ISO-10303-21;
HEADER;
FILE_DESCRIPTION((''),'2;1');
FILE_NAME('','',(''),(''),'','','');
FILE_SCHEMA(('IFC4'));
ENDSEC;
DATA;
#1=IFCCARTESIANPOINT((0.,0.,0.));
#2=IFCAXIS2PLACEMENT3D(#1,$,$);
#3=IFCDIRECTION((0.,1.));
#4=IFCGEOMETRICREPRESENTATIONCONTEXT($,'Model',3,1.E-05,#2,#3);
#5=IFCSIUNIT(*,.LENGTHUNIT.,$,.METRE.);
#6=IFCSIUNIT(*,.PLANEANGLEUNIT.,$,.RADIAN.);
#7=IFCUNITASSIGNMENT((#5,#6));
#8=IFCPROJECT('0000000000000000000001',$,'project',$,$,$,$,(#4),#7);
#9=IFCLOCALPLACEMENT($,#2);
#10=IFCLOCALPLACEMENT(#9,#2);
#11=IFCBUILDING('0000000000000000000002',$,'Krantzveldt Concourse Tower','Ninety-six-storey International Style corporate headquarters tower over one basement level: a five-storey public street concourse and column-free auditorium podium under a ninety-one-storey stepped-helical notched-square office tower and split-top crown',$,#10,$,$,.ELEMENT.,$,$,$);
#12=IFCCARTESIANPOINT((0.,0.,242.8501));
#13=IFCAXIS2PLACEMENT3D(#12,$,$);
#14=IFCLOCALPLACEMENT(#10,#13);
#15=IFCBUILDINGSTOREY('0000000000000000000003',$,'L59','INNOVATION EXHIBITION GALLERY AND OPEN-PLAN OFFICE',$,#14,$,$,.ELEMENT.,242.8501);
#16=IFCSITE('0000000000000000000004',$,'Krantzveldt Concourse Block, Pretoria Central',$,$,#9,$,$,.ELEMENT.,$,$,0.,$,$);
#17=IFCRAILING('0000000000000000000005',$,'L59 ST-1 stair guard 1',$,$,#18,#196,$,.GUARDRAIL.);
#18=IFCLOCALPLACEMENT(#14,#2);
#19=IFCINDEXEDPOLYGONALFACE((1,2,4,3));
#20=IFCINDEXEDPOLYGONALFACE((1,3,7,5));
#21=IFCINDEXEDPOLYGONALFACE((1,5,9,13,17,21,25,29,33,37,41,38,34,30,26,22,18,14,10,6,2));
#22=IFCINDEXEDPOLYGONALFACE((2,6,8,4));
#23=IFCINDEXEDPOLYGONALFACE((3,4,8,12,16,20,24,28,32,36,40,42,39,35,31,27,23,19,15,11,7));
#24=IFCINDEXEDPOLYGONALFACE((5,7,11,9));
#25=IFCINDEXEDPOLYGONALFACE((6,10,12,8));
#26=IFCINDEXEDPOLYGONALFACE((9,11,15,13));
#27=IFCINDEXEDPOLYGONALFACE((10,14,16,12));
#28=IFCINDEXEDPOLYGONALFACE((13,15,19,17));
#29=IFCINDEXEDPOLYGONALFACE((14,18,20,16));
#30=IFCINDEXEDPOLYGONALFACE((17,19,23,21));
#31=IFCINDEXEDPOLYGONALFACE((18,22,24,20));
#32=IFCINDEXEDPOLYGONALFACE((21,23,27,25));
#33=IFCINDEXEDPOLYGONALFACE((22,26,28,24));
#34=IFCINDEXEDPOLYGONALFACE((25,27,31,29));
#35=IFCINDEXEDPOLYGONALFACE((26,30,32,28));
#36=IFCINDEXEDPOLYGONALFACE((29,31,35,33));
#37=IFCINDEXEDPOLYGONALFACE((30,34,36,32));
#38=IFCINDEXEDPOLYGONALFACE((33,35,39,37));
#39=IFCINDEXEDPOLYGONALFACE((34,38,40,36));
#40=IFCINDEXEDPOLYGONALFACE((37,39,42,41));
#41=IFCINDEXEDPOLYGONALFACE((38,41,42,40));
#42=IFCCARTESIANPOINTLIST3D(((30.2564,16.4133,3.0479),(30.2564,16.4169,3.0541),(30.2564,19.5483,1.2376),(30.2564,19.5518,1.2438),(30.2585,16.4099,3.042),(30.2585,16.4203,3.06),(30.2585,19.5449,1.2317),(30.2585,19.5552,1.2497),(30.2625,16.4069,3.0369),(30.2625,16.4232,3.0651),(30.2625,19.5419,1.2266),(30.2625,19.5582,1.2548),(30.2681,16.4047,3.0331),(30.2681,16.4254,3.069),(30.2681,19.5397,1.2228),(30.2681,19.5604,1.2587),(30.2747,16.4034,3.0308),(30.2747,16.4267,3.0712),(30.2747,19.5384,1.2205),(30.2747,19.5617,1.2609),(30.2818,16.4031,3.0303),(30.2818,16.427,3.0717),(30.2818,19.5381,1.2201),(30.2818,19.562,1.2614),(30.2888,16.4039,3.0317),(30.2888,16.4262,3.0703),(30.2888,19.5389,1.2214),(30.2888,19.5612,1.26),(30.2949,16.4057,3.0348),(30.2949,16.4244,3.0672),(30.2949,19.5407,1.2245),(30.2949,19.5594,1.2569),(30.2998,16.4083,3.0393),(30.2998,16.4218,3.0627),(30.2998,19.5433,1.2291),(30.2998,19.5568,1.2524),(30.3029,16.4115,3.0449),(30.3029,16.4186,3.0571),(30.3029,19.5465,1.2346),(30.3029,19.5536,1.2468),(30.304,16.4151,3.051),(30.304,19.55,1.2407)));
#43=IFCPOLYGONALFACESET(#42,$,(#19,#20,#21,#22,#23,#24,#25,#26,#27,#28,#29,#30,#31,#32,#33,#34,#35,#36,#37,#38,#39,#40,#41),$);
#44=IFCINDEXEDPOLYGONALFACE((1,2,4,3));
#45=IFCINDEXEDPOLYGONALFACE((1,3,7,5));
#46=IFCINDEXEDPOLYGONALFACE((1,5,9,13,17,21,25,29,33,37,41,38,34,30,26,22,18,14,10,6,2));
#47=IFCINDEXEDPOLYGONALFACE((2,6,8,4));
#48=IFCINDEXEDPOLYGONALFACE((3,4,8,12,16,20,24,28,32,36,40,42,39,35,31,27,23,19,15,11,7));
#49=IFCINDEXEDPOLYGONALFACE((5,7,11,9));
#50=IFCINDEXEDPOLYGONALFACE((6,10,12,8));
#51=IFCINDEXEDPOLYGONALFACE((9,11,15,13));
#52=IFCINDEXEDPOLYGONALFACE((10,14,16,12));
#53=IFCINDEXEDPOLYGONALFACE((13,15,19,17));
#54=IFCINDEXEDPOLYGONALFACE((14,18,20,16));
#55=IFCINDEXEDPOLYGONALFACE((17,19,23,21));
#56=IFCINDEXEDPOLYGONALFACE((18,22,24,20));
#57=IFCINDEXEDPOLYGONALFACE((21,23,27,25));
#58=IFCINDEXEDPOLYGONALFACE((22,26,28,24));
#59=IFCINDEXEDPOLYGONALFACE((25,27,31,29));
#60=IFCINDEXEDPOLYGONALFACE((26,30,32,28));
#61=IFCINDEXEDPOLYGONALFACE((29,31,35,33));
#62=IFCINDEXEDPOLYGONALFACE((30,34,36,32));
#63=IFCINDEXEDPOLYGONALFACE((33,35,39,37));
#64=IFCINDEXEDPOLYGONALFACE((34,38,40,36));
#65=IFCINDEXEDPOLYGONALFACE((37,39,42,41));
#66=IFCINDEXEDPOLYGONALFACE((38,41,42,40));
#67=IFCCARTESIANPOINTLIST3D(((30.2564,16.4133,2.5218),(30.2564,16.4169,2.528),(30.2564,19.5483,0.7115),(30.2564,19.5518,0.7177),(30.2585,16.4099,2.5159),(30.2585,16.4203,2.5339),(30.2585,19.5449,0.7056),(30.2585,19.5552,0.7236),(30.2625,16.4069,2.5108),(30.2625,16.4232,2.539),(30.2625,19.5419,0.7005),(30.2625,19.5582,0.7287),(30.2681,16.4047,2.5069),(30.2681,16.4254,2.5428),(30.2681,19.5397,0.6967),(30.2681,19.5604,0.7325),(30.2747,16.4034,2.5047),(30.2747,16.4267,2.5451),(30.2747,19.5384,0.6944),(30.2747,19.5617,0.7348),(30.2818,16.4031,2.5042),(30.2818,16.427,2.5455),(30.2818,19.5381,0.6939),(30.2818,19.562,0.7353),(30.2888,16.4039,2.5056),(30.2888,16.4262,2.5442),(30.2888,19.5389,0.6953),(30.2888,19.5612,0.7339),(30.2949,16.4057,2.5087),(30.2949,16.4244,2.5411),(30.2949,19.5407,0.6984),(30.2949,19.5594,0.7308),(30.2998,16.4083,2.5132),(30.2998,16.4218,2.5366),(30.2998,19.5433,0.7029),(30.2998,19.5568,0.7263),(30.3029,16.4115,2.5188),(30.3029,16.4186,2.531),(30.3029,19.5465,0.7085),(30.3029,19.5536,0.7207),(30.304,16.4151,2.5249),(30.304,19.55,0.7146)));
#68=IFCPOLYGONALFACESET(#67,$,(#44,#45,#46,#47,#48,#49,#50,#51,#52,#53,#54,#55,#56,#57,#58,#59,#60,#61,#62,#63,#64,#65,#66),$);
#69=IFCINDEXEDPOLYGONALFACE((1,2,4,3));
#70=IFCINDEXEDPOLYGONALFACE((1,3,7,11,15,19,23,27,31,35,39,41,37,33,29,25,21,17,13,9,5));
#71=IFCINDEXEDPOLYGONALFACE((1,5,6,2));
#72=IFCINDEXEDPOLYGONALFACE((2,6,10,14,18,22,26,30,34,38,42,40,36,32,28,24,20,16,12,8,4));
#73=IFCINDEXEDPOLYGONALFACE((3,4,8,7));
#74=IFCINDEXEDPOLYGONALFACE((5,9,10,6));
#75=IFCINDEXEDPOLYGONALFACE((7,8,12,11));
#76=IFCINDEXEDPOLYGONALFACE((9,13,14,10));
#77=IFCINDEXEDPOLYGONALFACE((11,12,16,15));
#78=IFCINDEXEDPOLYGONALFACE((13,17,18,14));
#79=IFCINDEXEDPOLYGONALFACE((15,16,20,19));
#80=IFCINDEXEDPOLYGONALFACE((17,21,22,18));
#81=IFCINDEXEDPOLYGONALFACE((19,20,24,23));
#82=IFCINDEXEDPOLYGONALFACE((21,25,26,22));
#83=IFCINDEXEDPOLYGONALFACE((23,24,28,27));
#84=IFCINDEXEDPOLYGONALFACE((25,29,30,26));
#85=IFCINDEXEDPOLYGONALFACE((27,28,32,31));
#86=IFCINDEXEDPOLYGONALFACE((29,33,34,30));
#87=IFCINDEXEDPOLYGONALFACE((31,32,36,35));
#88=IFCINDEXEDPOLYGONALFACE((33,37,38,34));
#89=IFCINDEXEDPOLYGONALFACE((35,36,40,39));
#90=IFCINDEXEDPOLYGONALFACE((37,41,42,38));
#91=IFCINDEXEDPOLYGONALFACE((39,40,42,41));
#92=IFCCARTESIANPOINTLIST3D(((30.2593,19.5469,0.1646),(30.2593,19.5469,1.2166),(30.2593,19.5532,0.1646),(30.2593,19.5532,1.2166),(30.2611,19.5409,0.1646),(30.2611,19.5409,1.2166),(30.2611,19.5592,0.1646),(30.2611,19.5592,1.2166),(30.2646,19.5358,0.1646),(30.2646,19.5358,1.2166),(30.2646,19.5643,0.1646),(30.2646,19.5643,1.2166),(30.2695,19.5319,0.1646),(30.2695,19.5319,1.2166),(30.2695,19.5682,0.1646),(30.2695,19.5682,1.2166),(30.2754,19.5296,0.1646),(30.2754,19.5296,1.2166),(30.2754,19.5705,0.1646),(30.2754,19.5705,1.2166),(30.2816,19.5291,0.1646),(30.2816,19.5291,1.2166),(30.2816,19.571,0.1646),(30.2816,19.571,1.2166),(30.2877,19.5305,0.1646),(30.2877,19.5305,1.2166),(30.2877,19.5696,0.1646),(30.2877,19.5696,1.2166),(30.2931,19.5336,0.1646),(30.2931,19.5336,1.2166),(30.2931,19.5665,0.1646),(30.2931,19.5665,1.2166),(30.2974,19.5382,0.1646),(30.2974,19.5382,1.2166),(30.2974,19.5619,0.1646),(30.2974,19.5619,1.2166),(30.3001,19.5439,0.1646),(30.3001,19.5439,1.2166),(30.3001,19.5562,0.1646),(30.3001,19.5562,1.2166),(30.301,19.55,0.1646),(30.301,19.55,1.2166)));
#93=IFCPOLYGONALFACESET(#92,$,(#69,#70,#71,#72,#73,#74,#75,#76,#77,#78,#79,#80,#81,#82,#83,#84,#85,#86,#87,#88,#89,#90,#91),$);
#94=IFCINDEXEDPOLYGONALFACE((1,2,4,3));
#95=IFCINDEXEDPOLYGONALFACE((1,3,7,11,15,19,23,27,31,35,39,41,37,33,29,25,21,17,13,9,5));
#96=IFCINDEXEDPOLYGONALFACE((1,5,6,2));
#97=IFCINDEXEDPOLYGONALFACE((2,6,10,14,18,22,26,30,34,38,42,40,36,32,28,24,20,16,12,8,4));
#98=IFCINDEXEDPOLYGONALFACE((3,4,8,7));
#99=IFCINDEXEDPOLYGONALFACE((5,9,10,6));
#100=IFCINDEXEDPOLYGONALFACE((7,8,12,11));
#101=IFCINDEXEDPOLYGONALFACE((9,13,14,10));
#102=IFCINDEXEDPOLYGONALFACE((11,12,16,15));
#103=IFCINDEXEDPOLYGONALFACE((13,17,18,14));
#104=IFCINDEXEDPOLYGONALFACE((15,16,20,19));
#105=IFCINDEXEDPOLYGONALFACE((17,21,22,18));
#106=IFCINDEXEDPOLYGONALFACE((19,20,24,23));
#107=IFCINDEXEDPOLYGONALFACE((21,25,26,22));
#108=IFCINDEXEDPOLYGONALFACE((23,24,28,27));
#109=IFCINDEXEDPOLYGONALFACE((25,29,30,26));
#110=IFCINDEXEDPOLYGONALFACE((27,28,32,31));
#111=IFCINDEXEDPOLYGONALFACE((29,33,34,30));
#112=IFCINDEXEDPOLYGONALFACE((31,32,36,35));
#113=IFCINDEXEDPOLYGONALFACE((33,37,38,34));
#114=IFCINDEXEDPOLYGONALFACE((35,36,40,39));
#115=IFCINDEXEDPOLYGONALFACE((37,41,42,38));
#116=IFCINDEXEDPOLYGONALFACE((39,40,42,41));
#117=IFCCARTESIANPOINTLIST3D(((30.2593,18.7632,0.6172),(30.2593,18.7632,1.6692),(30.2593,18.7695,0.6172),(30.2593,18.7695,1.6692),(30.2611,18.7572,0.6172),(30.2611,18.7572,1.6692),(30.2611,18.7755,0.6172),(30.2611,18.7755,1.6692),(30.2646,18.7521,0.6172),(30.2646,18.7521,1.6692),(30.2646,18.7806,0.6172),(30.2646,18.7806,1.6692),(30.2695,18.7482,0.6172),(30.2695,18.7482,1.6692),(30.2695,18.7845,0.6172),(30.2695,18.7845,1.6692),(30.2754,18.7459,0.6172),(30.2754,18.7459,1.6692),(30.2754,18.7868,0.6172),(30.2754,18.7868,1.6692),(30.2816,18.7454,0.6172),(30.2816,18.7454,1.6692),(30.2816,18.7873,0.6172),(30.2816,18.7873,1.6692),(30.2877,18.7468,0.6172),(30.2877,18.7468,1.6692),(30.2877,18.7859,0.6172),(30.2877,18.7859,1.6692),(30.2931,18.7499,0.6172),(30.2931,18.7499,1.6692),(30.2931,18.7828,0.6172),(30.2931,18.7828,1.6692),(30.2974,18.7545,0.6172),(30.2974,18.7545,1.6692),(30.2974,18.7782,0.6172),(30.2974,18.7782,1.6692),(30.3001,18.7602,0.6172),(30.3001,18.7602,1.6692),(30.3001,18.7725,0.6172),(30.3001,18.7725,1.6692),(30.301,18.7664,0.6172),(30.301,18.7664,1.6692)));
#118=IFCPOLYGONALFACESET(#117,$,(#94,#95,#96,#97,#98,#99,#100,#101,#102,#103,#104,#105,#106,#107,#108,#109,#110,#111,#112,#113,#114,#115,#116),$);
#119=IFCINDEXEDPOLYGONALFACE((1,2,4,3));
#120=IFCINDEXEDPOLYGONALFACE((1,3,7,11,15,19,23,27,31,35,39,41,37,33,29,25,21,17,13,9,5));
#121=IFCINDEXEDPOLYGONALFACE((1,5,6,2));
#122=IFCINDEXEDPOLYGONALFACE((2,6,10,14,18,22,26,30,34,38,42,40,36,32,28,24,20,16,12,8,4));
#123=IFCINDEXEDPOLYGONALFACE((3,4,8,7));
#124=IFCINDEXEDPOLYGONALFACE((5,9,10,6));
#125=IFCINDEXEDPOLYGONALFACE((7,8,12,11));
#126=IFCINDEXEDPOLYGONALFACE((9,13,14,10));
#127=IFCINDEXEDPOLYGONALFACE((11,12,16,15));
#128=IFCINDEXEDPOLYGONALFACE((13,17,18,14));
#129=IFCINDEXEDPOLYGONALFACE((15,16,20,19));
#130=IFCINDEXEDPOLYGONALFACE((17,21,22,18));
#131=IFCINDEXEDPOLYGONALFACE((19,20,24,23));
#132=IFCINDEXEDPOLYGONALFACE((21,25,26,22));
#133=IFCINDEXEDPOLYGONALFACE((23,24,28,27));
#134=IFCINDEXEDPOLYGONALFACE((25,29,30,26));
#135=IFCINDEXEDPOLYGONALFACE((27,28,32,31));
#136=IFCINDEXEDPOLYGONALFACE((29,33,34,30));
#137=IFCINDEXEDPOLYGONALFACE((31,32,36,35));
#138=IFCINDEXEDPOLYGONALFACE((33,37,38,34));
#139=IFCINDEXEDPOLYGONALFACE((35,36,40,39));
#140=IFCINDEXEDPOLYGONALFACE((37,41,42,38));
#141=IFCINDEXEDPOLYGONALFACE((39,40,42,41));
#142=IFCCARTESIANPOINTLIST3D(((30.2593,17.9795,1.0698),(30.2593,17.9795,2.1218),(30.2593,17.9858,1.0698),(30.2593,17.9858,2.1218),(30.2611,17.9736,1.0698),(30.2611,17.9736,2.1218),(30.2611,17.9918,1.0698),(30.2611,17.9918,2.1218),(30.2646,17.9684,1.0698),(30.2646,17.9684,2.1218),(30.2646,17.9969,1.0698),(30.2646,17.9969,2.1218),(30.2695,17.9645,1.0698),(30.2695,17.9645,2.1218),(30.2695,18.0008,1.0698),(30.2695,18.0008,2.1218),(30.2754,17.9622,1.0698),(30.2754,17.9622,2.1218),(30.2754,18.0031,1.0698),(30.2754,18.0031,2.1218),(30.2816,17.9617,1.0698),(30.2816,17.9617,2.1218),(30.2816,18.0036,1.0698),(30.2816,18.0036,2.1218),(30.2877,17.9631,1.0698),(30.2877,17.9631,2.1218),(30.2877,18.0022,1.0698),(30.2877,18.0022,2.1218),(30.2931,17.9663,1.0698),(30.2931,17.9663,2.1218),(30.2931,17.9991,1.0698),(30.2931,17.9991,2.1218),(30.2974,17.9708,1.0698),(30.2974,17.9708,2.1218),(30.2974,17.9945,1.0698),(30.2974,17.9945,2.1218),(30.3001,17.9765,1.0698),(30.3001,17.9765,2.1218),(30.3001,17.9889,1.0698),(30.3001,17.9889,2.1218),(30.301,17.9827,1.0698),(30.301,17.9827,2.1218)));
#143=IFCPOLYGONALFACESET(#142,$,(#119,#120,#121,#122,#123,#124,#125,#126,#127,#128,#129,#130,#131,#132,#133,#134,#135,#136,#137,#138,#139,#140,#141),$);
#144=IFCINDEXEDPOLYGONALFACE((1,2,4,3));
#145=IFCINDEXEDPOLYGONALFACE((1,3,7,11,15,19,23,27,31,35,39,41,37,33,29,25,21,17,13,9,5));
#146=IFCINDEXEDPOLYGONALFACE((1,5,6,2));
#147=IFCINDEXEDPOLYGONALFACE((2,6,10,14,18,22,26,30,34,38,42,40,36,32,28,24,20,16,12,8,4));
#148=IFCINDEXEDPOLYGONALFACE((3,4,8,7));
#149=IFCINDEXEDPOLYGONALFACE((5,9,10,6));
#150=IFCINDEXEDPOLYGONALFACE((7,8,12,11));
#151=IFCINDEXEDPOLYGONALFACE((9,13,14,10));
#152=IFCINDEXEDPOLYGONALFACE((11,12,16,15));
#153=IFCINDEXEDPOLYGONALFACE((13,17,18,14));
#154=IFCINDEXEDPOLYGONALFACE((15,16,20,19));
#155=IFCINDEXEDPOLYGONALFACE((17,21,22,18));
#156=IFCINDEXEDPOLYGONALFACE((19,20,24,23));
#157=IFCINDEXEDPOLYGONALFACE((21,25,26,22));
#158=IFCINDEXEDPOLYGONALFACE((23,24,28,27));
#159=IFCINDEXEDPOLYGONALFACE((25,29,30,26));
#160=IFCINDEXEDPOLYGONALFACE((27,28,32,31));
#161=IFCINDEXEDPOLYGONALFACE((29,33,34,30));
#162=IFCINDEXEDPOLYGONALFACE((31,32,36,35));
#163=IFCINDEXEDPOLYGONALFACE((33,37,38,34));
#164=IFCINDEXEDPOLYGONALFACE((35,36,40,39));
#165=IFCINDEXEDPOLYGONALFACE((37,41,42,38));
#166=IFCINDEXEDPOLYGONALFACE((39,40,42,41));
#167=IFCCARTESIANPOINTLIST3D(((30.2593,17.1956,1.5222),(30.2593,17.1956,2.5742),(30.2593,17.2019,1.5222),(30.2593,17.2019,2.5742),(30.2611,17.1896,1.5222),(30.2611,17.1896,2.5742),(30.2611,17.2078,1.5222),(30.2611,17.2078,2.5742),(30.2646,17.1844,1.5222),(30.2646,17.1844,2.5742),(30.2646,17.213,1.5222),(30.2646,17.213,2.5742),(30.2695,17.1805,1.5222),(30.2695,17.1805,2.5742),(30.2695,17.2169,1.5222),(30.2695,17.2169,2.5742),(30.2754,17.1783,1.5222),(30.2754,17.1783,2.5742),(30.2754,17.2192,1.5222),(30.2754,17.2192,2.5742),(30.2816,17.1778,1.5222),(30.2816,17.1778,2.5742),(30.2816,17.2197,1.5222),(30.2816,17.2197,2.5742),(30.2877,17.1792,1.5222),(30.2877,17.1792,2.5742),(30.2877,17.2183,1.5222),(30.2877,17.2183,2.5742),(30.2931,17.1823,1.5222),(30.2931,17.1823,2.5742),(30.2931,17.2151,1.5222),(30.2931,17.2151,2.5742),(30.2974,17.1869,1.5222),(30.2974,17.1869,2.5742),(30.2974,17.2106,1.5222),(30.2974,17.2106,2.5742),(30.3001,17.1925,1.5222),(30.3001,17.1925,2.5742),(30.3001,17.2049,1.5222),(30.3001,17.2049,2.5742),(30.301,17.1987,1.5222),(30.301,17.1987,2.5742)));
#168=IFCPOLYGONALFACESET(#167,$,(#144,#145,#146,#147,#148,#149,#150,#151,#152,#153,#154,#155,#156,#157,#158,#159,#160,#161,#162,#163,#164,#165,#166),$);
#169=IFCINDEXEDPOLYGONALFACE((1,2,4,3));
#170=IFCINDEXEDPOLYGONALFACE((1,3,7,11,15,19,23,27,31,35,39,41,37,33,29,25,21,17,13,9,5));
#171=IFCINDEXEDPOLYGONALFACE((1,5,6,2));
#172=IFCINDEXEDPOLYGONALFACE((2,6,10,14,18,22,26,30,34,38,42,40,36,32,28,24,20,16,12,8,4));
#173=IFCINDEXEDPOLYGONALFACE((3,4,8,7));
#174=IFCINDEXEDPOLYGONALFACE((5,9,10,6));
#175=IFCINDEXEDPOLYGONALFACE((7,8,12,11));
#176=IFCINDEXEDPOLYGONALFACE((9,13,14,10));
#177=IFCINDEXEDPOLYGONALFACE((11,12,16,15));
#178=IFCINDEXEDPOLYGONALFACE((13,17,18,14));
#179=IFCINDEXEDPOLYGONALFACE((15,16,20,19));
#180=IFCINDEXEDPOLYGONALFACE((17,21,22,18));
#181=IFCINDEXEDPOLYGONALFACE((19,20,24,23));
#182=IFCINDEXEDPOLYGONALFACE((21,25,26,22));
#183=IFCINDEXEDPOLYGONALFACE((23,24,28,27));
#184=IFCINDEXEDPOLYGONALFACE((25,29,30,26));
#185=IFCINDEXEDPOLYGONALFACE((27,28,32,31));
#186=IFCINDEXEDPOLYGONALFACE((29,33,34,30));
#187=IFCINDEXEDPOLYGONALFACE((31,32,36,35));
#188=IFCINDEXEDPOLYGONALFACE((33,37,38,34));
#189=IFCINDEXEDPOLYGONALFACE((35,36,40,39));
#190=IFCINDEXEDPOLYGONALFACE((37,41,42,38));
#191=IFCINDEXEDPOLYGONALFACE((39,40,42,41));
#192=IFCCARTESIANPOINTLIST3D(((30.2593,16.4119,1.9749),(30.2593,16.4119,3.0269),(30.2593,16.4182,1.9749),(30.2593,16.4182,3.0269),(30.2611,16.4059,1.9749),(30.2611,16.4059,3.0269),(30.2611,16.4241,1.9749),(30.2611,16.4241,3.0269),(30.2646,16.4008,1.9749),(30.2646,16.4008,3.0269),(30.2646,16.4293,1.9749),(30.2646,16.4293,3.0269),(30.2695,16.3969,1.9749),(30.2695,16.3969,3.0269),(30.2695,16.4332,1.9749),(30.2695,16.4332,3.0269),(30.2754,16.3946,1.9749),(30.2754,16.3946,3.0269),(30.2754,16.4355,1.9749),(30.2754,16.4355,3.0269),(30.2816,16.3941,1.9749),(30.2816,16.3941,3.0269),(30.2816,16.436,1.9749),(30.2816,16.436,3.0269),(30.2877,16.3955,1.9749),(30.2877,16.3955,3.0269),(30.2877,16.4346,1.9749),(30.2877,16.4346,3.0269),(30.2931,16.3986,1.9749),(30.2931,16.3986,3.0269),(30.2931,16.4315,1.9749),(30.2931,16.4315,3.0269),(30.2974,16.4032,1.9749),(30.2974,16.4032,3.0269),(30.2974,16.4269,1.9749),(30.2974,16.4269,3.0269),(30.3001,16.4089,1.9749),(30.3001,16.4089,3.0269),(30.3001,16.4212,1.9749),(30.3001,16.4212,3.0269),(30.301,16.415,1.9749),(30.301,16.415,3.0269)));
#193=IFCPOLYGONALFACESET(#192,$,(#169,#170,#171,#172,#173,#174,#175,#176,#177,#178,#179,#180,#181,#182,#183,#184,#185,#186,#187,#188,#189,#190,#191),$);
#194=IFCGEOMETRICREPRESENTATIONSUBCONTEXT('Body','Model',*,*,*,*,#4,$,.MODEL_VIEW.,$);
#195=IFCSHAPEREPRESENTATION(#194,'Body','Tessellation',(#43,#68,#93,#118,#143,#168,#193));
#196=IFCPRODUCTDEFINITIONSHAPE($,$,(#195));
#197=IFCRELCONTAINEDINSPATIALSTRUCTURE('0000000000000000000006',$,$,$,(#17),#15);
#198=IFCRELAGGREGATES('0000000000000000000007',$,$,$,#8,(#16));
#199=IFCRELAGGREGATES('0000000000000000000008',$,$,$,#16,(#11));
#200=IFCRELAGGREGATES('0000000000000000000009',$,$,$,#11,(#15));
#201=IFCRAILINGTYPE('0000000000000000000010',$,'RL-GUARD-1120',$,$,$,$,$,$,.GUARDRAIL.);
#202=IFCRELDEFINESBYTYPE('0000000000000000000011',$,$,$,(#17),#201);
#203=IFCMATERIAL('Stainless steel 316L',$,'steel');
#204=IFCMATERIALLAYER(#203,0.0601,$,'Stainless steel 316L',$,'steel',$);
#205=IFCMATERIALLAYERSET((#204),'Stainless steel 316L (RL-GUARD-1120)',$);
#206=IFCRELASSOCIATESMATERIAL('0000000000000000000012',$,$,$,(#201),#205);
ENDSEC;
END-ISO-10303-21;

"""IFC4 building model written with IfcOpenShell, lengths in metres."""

from ifc_helpers import new_model, si_unit, direction, frame, origin, origin_2d, place, context, subcontext, project, spatial, circle, extrude, material, layer, layer_set, type_object, element, save


model = new_model("IFC4")

# Units and contexts
model_context = context("Model", 3, precision=1e-05, world=origin(), true_north=direction((0.0, 1.0)))
body_context = subcontext(model_context, "Body", "Model", "MODEL_VIEW")
ifc_project = project(units=[si_unit("LENGTHUNIT", "METRE"), si_unit("PLANEANGLEUNIT", "RADIAN")], contexts=[model_context])

# Site, building, storey
site_placement = place(None, origin())
site = spatial("IfcSite", under=ifc_project, at=site_placement, Name="Krantzveldt Concourse Block, Pretoria Central", CompositionType="ELEMENT", RefElevation=0.0)
building_placement = place(site_placement, origin())
building = spatial("IfcBuilding", under=site, at=building_placement, Name="Krantzveldt Concourse Tower", Description="Ninety-six-storey International Style corporate headquarters tower over one basement level: a five-storey public street concourse and column-free auditorium podium under a ninety-one-storey stepped-helical notched-square office tower and split-top crown", CompositionType="ELEMENT")
storey_placement = place(building_placement, frame((0.0, 0.0, 242.8501)))
storey = spatial("IfcBuildingStorey", under=building, at=storey_placement, Name="L59", Description="INNOVATION EXHIBITION GALLERY AND OPEN-PLAN OFFICE", CompositionType="ELEMENT", Elevation=242.8501)

# Shared definitions
ifc_material_1 = material(Name="Stainless steel 316L", Category="steel")

# Railing
ifc_layer_1 = layer(ifc_material_1, 0.0601, Name="Stainless steel 316L", Category="steel")
ifc_layer_set_1 = layer_set([ifc_layer_1], Name="Stainless steel 316L (RL-GUARD-1120)")
railing_type_1 = type_object("IfcRailingType", Name="RL-GUARD-1120", PredefinedType="GUARDRAIL", material=ifc_layer_set_1)
railing_1_placement = place(storey_placement, frame((30.28, 19.55, 0.1646)))
element("IfcRailing", 1, at=railing_1_placement, inside=storey, type_object=railing_type_1, Name="L59 ST-1 stair guard 1", PredefinedType="GUARDRAIL", context=body_context, shape_type="SweptSolid", body=[
    extrude(circle(Radius=0.0239, at=origin_2d()), frame((0.0, 0.0, 1.0762), z_axis=(0.0, -0.865989, 0.500063), x_axis=(1.0, 0.0, 0.0)), (0.0, 0.0, 1.0), 3.6201),
    extrude(circle(Radius=0.0239, at=origin_2d()), frame((0.0, 0.0, 0.55), z_axis=(0.0, -0.865989, 0.500063), x_axis=(1.0, 0.0, 0.0)), (0.0, 0.0, 1.0), 3.6201),
    extrude(circle(Radius=0.021, at=origin_2d()), origin(), (0.0, 0.0, 1.0), 1.052),
    extrude(circle(Radius=0.021, at=origin_2d()), frame((0.0, -0.7837, 0.4526)), (0.0, 0.0, 1.0), 1.052),
    extrude(circle(Radius=0.021, at=origin_2d()), frame((0.0, -1.5674, 0.9053)), (0.0, 0.0, 1.0), 1.052),
    extrude(circle(Radius=0.021, at=origin_2d()), frame((0.0, -2.3513, 1.3577)), (0.0, 0.0, 1.0), 1.052),
    extrude(circle(Radius=0.021, at=origin_2d()), frame((0.0, -3.135, 1.8103)), (0.0, 0.0, 1.0), 1.052),
])

save(model, "model.ifc")
